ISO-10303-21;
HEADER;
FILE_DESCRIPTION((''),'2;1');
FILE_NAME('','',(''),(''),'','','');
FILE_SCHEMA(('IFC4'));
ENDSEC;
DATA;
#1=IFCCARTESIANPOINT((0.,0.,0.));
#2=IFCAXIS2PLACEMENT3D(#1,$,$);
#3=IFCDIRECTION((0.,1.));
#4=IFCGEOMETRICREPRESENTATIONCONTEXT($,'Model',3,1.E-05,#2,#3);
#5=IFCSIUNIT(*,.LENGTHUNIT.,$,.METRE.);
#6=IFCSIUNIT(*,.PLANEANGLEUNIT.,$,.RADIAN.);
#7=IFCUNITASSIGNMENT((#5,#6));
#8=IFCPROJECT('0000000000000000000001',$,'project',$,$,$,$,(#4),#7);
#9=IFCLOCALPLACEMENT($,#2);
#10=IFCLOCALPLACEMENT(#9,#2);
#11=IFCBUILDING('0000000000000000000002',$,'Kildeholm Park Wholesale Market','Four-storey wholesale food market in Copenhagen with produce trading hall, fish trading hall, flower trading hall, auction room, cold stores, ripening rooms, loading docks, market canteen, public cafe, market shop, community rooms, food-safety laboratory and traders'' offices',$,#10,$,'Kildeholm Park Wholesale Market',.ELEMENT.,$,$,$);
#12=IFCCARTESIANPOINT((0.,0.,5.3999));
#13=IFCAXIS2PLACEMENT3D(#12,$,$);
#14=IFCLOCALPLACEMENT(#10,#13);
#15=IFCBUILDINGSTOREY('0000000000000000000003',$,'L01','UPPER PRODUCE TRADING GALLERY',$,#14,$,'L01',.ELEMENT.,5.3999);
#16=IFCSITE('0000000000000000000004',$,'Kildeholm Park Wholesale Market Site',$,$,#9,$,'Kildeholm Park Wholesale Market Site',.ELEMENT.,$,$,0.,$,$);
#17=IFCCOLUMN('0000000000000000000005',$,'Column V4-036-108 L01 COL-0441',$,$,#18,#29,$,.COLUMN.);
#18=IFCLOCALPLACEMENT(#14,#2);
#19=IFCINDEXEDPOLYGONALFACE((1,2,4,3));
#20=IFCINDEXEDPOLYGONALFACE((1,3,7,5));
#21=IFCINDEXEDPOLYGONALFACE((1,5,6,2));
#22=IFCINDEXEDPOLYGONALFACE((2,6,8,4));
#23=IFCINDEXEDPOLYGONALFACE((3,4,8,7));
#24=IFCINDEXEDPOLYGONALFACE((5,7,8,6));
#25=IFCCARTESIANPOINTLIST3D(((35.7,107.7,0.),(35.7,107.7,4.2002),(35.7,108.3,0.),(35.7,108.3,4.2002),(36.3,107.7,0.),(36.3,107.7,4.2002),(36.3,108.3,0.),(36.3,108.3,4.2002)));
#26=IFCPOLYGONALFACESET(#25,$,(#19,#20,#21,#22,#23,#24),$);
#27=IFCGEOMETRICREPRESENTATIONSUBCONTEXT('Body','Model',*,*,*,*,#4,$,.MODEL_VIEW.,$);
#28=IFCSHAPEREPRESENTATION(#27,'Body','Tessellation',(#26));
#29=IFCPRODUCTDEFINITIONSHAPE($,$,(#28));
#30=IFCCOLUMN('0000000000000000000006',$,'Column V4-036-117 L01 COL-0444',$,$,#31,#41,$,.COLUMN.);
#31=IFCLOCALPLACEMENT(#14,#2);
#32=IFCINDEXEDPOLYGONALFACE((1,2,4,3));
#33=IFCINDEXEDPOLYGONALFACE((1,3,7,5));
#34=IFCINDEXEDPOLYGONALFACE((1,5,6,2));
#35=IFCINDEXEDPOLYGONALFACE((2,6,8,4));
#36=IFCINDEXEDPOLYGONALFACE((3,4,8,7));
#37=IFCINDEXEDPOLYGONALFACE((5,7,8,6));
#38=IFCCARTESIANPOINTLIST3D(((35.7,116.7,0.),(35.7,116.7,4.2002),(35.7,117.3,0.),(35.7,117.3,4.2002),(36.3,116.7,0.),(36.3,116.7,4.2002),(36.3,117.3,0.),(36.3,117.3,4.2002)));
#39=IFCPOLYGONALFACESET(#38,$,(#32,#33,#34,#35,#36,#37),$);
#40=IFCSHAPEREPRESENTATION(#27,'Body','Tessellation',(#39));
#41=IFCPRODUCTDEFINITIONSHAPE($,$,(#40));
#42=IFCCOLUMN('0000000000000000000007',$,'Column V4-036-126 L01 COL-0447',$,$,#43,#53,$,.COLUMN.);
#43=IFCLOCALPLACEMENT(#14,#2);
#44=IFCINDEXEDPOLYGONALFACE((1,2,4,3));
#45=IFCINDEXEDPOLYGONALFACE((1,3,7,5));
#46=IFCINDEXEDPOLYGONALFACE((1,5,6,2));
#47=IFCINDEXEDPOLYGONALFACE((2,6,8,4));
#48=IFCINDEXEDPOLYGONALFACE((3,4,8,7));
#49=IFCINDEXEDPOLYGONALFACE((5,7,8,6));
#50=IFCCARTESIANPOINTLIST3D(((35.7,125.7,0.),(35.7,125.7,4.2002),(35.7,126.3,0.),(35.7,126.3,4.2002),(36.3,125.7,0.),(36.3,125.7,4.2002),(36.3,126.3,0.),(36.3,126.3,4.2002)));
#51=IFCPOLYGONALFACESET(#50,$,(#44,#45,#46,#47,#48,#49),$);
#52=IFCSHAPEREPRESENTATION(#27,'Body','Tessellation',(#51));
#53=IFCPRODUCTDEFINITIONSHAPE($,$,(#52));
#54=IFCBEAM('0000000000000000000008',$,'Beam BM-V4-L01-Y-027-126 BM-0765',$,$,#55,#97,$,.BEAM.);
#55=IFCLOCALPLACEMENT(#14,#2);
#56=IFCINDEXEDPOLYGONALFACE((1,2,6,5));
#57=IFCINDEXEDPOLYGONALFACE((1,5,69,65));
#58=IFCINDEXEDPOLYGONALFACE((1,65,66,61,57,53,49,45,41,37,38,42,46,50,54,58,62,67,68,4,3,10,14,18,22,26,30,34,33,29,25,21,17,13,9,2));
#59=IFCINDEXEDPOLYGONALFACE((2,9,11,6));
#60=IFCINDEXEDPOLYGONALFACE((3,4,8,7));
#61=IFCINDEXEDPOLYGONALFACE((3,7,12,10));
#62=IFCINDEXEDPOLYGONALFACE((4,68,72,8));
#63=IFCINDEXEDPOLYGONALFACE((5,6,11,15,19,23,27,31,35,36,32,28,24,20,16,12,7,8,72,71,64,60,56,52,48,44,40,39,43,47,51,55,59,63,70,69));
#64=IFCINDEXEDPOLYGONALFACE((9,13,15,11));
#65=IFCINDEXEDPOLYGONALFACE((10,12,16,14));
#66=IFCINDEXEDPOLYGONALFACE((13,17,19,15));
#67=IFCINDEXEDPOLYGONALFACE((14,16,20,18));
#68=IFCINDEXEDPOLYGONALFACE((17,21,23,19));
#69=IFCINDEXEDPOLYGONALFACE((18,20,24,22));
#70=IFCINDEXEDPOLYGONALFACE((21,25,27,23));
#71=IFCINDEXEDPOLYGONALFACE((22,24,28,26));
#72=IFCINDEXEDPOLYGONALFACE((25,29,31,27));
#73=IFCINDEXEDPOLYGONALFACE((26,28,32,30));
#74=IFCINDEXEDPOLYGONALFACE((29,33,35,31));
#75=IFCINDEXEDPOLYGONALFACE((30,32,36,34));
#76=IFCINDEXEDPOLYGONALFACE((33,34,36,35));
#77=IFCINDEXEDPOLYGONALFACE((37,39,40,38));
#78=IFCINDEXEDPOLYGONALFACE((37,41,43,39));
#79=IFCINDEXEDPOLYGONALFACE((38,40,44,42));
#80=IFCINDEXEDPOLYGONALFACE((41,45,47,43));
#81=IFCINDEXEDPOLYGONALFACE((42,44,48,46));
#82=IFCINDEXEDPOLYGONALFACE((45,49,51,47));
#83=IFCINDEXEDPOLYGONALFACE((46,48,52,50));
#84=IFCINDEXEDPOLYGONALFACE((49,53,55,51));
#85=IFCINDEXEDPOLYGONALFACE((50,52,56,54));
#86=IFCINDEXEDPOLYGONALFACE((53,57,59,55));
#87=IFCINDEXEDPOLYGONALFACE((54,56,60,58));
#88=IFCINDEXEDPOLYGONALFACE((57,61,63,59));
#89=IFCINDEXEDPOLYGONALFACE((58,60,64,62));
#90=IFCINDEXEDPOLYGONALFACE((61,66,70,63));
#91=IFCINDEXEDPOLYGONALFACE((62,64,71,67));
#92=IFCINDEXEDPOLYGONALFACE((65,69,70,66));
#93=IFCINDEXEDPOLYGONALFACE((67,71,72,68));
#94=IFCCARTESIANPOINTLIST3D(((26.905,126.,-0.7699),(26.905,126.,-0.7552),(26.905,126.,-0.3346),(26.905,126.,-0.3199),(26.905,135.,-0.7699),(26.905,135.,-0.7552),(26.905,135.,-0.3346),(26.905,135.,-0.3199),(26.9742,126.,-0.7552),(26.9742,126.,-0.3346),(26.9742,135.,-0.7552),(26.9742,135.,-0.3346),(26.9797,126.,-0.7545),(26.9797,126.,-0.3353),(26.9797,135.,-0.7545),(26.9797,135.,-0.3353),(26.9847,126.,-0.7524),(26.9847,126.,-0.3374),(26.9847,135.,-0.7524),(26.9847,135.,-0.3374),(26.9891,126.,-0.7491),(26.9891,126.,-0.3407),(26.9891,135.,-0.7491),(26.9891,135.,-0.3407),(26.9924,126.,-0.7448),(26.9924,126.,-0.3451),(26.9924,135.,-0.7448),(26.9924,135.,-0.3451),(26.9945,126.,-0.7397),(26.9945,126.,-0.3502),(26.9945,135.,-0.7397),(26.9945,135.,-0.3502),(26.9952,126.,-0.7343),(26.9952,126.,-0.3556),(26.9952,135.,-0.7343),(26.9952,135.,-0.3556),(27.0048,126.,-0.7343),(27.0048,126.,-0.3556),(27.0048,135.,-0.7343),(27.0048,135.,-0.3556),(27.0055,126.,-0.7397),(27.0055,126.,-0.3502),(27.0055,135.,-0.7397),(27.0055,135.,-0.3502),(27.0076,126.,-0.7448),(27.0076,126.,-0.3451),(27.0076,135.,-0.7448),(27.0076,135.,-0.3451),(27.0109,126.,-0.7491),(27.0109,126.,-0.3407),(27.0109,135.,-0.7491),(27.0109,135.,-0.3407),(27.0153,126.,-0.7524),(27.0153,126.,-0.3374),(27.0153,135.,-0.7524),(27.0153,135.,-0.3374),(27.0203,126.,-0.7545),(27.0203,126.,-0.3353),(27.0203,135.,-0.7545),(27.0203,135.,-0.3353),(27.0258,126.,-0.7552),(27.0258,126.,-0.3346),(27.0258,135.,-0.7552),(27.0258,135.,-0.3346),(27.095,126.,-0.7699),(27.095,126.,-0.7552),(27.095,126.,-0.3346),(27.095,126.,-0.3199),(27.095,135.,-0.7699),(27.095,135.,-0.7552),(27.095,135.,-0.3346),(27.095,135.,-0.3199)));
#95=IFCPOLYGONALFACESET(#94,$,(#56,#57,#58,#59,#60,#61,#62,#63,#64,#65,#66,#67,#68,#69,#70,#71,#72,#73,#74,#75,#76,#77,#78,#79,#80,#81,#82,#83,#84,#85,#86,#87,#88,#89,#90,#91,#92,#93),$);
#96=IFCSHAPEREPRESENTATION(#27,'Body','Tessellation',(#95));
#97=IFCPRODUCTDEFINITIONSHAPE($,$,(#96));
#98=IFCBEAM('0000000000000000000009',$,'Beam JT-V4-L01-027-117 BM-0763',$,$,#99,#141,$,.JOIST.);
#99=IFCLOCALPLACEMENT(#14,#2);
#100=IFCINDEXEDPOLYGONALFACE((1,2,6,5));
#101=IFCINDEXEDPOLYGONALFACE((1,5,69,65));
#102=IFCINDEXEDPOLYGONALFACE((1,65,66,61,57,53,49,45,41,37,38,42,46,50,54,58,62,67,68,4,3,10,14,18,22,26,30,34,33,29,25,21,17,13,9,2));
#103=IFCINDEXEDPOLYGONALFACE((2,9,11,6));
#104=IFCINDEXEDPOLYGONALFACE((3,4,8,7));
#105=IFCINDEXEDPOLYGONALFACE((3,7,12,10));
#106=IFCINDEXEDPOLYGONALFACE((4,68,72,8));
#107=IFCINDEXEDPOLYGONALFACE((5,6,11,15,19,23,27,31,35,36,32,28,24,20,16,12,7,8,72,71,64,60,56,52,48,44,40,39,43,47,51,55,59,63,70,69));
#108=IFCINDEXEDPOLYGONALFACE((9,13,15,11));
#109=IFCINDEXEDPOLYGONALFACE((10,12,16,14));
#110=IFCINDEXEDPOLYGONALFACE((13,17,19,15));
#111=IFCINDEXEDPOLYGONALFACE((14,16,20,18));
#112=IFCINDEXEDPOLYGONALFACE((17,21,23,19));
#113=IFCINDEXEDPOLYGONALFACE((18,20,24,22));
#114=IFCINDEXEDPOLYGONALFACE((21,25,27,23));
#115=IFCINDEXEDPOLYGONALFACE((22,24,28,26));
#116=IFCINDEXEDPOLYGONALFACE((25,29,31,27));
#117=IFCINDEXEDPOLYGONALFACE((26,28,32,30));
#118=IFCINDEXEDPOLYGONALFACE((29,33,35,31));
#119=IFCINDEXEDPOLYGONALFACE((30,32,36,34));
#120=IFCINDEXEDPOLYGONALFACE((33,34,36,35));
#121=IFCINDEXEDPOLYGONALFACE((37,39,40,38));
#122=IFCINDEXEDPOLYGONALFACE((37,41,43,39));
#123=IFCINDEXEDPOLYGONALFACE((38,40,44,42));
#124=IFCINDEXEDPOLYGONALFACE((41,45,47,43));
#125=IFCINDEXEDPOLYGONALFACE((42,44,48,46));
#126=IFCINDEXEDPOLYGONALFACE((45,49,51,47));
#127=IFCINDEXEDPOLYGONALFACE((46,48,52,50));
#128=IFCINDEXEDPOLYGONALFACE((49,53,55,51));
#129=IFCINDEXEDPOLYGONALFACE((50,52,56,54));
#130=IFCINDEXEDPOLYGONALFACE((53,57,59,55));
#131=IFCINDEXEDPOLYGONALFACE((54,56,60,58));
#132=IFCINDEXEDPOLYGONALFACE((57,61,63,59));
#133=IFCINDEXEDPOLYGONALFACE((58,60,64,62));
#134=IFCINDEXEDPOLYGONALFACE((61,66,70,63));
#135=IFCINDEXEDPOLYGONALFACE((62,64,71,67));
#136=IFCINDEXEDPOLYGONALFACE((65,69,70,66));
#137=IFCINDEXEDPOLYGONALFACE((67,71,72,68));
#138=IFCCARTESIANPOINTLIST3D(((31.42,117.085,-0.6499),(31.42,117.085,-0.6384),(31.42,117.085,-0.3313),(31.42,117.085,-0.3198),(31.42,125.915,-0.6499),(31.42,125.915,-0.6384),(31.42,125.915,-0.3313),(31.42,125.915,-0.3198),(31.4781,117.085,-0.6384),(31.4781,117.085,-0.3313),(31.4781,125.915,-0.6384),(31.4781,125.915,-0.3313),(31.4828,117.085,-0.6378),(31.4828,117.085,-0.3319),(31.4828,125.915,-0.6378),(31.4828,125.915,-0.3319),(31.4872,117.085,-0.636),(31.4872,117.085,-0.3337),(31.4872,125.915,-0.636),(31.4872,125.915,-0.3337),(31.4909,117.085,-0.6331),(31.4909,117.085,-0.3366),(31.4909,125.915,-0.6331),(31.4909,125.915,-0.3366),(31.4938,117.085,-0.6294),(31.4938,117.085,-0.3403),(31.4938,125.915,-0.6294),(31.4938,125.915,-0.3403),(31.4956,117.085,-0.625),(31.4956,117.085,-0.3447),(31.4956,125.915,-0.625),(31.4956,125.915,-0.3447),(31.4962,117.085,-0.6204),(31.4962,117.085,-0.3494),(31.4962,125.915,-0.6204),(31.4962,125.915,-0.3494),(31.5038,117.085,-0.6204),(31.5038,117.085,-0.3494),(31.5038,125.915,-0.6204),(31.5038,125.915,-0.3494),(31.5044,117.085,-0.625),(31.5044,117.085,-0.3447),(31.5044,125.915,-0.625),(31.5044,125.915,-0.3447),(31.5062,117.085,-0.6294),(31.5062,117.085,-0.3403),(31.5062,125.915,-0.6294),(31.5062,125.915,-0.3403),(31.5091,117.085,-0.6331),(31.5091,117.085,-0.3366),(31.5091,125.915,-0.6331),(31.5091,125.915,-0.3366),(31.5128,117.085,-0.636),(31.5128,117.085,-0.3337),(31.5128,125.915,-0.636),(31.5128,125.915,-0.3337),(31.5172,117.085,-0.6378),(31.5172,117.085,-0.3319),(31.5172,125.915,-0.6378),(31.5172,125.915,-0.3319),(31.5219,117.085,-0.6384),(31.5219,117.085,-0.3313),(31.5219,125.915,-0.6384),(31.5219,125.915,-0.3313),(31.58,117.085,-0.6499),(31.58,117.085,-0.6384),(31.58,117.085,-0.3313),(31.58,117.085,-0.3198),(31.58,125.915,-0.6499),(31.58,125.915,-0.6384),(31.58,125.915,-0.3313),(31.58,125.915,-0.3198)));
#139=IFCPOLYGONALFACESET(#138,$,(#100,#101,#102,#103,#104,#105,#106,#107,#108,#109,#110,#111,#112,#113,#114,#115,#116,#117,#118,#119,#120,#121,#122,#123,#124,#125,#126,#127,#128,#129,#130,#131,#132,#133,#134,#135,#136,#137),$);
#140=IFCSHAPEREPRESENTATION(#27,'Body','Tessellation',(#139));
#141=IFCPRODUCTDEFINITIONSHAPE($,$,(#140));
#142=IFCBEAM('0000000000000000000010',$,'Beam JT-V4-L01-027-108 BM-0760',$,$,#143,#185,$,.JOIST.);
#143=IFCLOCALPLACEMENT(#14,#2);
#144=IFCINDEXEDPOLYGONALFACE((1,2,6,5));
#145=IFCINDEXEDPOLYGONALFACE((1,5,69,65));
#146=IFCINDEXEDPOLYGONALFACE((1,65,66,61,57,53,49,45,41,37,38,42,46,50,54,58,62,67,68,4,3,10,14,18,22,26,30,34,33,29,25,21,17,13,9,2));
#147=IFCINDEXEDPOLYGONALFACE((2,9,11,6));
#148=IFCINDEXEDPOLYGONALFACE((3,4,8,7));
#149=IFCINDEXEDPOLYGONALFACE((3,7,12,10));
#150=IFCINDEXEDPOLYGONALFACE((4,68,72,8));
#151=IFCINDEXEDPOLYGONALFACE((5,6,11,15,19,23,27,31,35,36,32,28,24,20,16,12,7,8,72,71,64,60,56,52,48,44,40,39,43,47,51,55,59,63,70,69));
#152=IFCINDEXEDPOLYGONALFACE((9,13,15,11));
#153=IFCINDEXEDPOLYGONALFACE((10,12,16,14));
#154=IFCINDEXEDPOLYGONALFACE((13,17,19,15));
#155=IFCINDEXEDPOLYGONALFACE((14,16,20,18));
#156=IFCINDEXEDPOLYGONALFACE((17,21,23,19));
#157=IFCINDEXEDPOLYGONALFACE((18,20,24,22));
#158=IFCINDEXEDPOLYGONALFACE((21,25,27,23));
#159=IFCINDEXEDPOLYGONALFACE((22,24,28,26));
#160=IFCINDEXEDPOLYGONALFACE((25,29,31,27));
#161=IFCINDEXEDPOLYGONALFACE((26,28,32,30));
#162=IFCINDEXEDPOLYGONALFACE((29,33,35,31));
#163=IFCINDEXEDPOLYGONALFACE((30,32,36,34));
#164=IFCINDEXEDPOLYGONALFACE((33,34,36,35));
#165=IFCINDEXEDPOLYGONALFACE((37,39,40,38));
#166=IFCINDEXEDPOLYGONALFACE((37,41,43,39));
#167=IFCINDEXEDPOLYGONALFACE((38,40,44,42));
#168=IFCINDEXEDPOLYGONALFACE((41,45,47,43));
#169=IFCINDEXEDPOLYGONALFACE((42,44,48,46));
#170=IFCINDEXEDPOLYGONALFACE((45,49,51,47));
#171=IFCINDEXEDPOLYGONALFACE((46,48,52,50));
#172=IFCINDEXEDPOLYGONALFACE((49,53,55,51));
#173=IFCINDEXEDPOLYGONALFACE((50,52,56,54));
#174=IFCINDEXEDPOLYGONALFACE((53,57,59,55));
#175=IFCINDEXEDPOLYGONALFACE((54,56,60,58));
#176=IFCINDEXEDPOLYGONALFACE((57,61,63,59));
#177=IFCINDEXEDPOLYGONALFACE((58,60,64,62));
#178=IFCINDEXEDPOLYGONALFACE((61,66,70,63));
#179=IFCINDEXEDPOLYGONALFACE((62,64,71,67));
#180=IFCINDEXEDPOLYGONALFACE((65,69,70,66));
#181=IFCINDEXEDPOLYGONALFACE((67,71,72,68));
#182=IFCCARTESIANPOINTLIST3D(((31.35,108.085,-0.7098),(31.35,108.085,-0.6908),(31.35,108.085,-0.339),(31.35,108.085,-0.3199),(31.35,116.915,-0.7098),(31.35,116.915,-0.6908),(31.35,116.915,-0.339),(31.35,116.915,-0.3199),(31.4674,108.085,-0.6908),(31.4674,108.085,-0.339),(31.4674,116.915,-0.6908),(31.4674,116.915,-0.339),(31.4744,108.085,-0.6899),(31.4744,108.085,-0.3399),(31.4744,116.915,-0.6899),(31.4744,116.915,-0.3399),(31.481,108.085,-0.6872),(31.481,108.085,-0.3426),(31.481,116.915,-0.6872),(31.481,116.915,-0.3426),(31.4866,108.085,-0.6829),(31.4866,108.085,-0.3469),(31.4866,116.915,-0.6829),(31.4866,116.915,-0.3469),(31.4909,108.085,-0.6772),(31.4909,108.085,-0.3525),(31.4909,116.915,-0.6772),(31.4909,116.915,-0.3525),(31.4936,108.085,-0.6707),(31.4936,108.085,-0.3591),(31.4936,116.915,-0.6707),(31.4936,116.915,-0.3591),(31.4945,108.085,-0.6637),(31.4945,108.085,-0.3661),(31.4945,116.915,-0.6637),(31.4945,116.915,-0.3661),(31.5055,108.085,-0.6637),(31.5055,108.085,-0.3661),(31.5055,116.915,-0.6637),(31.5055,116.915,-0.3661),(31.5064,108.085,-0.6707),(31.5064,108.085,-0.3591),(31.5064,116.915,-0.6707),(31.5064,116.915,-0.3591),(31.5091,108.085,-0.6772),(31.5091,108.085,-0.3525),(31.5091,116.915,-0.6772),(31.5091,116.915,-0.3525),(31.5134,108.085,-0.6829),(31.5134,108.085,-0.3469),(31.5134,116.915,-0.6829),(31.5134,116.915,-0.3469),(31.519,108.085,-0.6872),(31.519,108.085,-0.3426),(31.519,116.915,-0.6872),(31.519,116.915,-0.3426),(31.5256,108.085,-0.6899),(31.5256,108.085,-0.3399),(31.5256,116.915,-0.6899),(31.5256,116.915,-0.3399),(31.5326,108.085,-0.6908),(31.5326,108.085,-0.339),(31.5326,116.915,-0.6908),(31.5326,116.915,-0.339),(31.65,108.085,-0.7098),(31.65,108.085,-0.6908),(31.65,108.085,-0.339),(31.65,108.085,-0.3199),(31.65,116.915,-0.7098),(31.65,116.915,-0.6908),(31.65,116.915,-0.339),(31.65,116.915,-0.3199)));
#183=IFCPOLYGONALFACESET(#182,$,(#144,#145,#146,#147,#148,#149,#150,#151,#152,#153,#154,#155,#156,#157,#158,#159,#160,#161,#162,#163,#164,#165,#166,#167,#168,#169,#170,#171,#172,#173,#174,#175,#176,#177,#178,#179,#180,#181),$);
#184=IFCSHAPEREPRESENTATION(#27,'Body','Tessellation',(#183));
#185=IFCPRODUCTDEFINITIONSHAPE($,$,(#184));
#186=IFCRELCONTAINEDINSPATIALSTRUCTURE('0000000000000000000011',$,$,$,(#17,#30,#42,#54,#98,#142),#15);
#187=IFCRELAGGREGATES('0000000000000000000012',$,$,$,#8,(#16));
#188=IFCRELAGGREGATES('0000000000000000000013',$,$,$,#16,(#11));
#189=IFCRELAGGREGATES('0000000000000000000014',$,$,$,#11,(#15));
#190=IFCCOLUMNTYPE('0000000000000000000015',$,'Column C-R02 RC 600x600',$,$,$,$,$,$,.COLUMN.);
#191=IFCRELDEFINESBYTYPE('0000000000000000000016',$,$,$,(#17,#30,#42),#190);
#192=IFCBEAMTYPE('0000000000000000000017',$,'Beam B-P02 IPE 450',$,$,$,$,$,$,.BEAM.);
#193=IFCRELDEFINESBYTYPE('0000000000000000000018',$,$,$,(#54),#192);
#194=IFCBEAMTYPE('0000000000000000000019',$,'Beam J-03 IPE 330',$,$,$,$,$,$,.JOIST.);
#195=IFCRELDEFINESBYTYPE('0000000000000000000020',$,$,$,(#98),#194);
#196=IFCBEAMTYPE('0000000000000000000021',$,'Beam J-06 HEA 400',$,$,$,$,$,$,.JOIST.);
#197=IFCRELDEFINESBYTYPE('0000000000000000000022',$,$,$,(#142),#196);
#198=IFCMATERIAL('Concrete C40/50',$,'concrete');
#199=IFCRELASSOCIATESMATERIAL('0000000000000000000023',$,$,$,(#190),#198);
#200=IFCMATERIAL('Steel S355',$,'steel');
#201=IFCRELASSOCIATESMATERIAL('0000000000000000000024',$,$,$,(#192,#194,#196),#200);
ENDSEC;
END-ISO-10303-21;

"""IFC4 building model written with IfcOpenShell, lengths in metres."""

from ifc_helpers import new_model, si_unit, direction, frame, origin, origin_2d, place, context, subcontext, project, spatial, rectangle, i_section, extrude, material, material_profile, profile_set, type_object, element, save


model = new_model("IFC4")

# Units and contexts
model_context = context("Model", 3, precision=1e-05, world=origin(), true_north=direction((0.0, 1.0)))
body_context = subcontext(model_context, "Body", "Model", "MODEL_VIEW")
ifc_project = project(units=[si_unit("LENGTHUNIT", "METRE"), si_unit("PLANEANGLEUNIT", "RADIAN")], contexts=[model_context])

# Site, building, storey
site_placement = place(None, origin())
site = spatial("IfcSite", under=ifc_project, at=site_placement, Name="Kildeholm Park Wholesale Market Site", LongName="Kildeholm Park Wholesale Market Site", CompositionType="ELEMENT", RefElevation=0.0)
building_placement = place(site_placement, origin())
building = spatial("IfcBuilding", under=site, at=building_placement, Name="Kildeholm Park Wholesale Market", Description="Four-storey wholesale food market in Copenhagen with produce trading hall, fish trading hall, flower trading hall, auction room, cold stores, ripening rooms, loading docks, market canteen, public cafe, market shop, community rooms, food-safety laboratory and traders' offices", LongName="Kildeholm Park Wholesale Market", CompositionType="ELEMENT")
storey_placement = place(building_placement, frame((0.0, 0.0, 5.3999)))
storey = spatial("IfcBuildingStorey", under=building, at=storey_placement, Name="L01", Description="UPPER PRODUCE TRADING GALLERY", LongName="L01", CompositionType="ELEMENT", Elevation=5.3999)

# Columns
ifc_material_1 = material(Name="Concrete C40/50", Category="concrete")
ifc_material_profile_1 = material_profile(ifc_material_1, rectangle(XDim=0.6001, YDim=0.6001, at=origin_2d()), Name="RC 600x600")
ifc_profile_set_1 = profile_set([ifc_material_profile_1], Name="Concrete C40/50")
column_type = type_object("IfcColumnType", Name="Column C-R02 RC 600x600", PredefinedType="COLUMN", material=ifc_profile_set_1)
for number, where, z_axis, x_axis, name in (
    (1, (36.0, 108.0, 0.0), (0.0, 0.0, 1.0), (1.0, 0.0, 0.0), "Column V4-036-108 L01 COL-0441"),
    (2, (36.0, 117.0, 0.0), (0.0, 0.0, 1.0), (1.0, 0.0, 0.0), "Column V4-036-117 L01 COL-0444"),
    (3, (36.0, 126.0, 0.0), (0.0, 0.0, 1.0), (1.0, 0.0, 0.0), "Column V4-036-126 L01 COL-0447"),
):
    element("IfcColumn", number, at=place(storey_placement, frame(where, z_axis=z_axis, x_axis=x_axis)), inside=storey, type_object=column_type, Name=name, PredefinedType="COLUMN", context=body_context, shape_type="SweptSolid", body=[
        extrude(rectangle(XDim=0.6001, YDim=0.6001, at=origin_2d()), origin(), (0.0, 0.0, 1.0), 4.2002),
    ])

# Beams
ifc_material_2 = material(Name="Steel S355", Category="steel")
ifc_material_profile_2 = material_profile(ifc_material_2, i_section(OverallWidth=0.1899, OverallDepth=0.45, WebThickness=0.0095, FlangeThickness=0.0146, FilletRadius=0.021, at=origin_2d()), Name="IPE 450")
ifc_profile_set_2 = profile_set([ifc_material_profile_2], Name="Steel S355")
beam_type_1 = type_object("IfcBeamType", Name="Beam B-P02 IPE 450", PredefinedType="BEAM", material=ifc_profile_set_2)
beam_1_placement = place(storey_placement, frame((27.0, 126.0, -0.5449), z_axis=(0.0, 1.0, 0.0), x_axis=(-1.0, 0.0, 0.0)))
element("IfcBeam", 4, at=beam_1_placement, inside=storey, type_object=beam_type_1, Name="Beam BM-V4-L01-Y-027-126 BM-0765", PredefinedType="BEAM", context=body_context, shape_type="SweptSolid", body=[
    extrude(i_section(OverallWidth=0.1899, OverallDepth=0.45, WebThickness=0.0095, FlangeThickness=0.0146, FilletRadius=0.021, at=origin_2d()), origin(), (0.0, 0.0, 1.0), 9.0),
])
ifc_material_profile_3 = material_profile(ifc_material_2, i_section(OverallWidth=0.1599, OverallDepth=0.3301, WebThickness=0.0076, FlangeThickness=0.0115, FilletRadius=0.0181, at=origin_2d()), Name="IPE 330")
ifc_profile_set_3 = profile_set([ifc_material_profile_3], Name="Steel S355")
beam_type_2 = type_object("IfcBeamType", Name="Beam J-03 IPE 330", PredefinedType="JOIST", material=ifc_profile_set_3)
beam_2_placement = place(storey_placement, frame((31.5, 117.085, -0.4849), z_axis=(0.0, 1.0, 0.0), x_axis=(-1.0, 0.0, 0.0)))
element("IfcBeam", 5, at=beam_2_placement, inside=storey, type_object=beam_type_2, Name="Beam JT-V4-L01-027-117 BM-0763", PredefinedType="JOIST", context=body_context, shape_type="SweptSolid", body=[
    extrude(i_section(OverallWidth=0.1599, OverallDepth=0.3301, WebThickness=0.0076, FlangeThickness=0.0115, FilletRadius=0.0181, at=origin_2d()), origin(), (0.0, 0.0, 1.0), 8.8301),
])
ifc_material_profile_4 = material_profile(ifc_material_2, i_section(OverallWidth=0.3, OverallDepth=0.3899, WebThickness=0.011, FlangeThickness=0.019, FilletRadius=0.0271, at=origin_2d()), Name="HEA 400")
ifc_profile_set_4 = profile_set([ifc_material_profile_4], Name="Steel S355")
beam_type_3 = type_object("IfcBeamType", Name="Beam J-06 HEA 400", PredefinedType="JOIST", material=ifc_profile_set_4)
beam_3_placement = place(storey_placement, frame((31.5, 108.085, -0.5149), z_axis=(0.0, 1.0, 0.0), x_axis=(-1.0, 0.0, 0.0)))
element("IfcBeam", 6, at=beam_3_placement, inside=storey, type_object=beam_type_3, Name="Beam JT-V4-L01-027-108 BM-0760", PredefinedType="JOIST", context=body_context, shape_type="SweptSolid", body=[
    extrude(i_section(OverallWidth=0.3, OverallDepth=0.3899, WebThickness=0.011, FlangeThickness=0.019, FilletRadius=0.0271, at=origin_2d()), origin(), (0.0, 0.0, 1.0), 8.8301),
])

save(model, "model.ifc")
